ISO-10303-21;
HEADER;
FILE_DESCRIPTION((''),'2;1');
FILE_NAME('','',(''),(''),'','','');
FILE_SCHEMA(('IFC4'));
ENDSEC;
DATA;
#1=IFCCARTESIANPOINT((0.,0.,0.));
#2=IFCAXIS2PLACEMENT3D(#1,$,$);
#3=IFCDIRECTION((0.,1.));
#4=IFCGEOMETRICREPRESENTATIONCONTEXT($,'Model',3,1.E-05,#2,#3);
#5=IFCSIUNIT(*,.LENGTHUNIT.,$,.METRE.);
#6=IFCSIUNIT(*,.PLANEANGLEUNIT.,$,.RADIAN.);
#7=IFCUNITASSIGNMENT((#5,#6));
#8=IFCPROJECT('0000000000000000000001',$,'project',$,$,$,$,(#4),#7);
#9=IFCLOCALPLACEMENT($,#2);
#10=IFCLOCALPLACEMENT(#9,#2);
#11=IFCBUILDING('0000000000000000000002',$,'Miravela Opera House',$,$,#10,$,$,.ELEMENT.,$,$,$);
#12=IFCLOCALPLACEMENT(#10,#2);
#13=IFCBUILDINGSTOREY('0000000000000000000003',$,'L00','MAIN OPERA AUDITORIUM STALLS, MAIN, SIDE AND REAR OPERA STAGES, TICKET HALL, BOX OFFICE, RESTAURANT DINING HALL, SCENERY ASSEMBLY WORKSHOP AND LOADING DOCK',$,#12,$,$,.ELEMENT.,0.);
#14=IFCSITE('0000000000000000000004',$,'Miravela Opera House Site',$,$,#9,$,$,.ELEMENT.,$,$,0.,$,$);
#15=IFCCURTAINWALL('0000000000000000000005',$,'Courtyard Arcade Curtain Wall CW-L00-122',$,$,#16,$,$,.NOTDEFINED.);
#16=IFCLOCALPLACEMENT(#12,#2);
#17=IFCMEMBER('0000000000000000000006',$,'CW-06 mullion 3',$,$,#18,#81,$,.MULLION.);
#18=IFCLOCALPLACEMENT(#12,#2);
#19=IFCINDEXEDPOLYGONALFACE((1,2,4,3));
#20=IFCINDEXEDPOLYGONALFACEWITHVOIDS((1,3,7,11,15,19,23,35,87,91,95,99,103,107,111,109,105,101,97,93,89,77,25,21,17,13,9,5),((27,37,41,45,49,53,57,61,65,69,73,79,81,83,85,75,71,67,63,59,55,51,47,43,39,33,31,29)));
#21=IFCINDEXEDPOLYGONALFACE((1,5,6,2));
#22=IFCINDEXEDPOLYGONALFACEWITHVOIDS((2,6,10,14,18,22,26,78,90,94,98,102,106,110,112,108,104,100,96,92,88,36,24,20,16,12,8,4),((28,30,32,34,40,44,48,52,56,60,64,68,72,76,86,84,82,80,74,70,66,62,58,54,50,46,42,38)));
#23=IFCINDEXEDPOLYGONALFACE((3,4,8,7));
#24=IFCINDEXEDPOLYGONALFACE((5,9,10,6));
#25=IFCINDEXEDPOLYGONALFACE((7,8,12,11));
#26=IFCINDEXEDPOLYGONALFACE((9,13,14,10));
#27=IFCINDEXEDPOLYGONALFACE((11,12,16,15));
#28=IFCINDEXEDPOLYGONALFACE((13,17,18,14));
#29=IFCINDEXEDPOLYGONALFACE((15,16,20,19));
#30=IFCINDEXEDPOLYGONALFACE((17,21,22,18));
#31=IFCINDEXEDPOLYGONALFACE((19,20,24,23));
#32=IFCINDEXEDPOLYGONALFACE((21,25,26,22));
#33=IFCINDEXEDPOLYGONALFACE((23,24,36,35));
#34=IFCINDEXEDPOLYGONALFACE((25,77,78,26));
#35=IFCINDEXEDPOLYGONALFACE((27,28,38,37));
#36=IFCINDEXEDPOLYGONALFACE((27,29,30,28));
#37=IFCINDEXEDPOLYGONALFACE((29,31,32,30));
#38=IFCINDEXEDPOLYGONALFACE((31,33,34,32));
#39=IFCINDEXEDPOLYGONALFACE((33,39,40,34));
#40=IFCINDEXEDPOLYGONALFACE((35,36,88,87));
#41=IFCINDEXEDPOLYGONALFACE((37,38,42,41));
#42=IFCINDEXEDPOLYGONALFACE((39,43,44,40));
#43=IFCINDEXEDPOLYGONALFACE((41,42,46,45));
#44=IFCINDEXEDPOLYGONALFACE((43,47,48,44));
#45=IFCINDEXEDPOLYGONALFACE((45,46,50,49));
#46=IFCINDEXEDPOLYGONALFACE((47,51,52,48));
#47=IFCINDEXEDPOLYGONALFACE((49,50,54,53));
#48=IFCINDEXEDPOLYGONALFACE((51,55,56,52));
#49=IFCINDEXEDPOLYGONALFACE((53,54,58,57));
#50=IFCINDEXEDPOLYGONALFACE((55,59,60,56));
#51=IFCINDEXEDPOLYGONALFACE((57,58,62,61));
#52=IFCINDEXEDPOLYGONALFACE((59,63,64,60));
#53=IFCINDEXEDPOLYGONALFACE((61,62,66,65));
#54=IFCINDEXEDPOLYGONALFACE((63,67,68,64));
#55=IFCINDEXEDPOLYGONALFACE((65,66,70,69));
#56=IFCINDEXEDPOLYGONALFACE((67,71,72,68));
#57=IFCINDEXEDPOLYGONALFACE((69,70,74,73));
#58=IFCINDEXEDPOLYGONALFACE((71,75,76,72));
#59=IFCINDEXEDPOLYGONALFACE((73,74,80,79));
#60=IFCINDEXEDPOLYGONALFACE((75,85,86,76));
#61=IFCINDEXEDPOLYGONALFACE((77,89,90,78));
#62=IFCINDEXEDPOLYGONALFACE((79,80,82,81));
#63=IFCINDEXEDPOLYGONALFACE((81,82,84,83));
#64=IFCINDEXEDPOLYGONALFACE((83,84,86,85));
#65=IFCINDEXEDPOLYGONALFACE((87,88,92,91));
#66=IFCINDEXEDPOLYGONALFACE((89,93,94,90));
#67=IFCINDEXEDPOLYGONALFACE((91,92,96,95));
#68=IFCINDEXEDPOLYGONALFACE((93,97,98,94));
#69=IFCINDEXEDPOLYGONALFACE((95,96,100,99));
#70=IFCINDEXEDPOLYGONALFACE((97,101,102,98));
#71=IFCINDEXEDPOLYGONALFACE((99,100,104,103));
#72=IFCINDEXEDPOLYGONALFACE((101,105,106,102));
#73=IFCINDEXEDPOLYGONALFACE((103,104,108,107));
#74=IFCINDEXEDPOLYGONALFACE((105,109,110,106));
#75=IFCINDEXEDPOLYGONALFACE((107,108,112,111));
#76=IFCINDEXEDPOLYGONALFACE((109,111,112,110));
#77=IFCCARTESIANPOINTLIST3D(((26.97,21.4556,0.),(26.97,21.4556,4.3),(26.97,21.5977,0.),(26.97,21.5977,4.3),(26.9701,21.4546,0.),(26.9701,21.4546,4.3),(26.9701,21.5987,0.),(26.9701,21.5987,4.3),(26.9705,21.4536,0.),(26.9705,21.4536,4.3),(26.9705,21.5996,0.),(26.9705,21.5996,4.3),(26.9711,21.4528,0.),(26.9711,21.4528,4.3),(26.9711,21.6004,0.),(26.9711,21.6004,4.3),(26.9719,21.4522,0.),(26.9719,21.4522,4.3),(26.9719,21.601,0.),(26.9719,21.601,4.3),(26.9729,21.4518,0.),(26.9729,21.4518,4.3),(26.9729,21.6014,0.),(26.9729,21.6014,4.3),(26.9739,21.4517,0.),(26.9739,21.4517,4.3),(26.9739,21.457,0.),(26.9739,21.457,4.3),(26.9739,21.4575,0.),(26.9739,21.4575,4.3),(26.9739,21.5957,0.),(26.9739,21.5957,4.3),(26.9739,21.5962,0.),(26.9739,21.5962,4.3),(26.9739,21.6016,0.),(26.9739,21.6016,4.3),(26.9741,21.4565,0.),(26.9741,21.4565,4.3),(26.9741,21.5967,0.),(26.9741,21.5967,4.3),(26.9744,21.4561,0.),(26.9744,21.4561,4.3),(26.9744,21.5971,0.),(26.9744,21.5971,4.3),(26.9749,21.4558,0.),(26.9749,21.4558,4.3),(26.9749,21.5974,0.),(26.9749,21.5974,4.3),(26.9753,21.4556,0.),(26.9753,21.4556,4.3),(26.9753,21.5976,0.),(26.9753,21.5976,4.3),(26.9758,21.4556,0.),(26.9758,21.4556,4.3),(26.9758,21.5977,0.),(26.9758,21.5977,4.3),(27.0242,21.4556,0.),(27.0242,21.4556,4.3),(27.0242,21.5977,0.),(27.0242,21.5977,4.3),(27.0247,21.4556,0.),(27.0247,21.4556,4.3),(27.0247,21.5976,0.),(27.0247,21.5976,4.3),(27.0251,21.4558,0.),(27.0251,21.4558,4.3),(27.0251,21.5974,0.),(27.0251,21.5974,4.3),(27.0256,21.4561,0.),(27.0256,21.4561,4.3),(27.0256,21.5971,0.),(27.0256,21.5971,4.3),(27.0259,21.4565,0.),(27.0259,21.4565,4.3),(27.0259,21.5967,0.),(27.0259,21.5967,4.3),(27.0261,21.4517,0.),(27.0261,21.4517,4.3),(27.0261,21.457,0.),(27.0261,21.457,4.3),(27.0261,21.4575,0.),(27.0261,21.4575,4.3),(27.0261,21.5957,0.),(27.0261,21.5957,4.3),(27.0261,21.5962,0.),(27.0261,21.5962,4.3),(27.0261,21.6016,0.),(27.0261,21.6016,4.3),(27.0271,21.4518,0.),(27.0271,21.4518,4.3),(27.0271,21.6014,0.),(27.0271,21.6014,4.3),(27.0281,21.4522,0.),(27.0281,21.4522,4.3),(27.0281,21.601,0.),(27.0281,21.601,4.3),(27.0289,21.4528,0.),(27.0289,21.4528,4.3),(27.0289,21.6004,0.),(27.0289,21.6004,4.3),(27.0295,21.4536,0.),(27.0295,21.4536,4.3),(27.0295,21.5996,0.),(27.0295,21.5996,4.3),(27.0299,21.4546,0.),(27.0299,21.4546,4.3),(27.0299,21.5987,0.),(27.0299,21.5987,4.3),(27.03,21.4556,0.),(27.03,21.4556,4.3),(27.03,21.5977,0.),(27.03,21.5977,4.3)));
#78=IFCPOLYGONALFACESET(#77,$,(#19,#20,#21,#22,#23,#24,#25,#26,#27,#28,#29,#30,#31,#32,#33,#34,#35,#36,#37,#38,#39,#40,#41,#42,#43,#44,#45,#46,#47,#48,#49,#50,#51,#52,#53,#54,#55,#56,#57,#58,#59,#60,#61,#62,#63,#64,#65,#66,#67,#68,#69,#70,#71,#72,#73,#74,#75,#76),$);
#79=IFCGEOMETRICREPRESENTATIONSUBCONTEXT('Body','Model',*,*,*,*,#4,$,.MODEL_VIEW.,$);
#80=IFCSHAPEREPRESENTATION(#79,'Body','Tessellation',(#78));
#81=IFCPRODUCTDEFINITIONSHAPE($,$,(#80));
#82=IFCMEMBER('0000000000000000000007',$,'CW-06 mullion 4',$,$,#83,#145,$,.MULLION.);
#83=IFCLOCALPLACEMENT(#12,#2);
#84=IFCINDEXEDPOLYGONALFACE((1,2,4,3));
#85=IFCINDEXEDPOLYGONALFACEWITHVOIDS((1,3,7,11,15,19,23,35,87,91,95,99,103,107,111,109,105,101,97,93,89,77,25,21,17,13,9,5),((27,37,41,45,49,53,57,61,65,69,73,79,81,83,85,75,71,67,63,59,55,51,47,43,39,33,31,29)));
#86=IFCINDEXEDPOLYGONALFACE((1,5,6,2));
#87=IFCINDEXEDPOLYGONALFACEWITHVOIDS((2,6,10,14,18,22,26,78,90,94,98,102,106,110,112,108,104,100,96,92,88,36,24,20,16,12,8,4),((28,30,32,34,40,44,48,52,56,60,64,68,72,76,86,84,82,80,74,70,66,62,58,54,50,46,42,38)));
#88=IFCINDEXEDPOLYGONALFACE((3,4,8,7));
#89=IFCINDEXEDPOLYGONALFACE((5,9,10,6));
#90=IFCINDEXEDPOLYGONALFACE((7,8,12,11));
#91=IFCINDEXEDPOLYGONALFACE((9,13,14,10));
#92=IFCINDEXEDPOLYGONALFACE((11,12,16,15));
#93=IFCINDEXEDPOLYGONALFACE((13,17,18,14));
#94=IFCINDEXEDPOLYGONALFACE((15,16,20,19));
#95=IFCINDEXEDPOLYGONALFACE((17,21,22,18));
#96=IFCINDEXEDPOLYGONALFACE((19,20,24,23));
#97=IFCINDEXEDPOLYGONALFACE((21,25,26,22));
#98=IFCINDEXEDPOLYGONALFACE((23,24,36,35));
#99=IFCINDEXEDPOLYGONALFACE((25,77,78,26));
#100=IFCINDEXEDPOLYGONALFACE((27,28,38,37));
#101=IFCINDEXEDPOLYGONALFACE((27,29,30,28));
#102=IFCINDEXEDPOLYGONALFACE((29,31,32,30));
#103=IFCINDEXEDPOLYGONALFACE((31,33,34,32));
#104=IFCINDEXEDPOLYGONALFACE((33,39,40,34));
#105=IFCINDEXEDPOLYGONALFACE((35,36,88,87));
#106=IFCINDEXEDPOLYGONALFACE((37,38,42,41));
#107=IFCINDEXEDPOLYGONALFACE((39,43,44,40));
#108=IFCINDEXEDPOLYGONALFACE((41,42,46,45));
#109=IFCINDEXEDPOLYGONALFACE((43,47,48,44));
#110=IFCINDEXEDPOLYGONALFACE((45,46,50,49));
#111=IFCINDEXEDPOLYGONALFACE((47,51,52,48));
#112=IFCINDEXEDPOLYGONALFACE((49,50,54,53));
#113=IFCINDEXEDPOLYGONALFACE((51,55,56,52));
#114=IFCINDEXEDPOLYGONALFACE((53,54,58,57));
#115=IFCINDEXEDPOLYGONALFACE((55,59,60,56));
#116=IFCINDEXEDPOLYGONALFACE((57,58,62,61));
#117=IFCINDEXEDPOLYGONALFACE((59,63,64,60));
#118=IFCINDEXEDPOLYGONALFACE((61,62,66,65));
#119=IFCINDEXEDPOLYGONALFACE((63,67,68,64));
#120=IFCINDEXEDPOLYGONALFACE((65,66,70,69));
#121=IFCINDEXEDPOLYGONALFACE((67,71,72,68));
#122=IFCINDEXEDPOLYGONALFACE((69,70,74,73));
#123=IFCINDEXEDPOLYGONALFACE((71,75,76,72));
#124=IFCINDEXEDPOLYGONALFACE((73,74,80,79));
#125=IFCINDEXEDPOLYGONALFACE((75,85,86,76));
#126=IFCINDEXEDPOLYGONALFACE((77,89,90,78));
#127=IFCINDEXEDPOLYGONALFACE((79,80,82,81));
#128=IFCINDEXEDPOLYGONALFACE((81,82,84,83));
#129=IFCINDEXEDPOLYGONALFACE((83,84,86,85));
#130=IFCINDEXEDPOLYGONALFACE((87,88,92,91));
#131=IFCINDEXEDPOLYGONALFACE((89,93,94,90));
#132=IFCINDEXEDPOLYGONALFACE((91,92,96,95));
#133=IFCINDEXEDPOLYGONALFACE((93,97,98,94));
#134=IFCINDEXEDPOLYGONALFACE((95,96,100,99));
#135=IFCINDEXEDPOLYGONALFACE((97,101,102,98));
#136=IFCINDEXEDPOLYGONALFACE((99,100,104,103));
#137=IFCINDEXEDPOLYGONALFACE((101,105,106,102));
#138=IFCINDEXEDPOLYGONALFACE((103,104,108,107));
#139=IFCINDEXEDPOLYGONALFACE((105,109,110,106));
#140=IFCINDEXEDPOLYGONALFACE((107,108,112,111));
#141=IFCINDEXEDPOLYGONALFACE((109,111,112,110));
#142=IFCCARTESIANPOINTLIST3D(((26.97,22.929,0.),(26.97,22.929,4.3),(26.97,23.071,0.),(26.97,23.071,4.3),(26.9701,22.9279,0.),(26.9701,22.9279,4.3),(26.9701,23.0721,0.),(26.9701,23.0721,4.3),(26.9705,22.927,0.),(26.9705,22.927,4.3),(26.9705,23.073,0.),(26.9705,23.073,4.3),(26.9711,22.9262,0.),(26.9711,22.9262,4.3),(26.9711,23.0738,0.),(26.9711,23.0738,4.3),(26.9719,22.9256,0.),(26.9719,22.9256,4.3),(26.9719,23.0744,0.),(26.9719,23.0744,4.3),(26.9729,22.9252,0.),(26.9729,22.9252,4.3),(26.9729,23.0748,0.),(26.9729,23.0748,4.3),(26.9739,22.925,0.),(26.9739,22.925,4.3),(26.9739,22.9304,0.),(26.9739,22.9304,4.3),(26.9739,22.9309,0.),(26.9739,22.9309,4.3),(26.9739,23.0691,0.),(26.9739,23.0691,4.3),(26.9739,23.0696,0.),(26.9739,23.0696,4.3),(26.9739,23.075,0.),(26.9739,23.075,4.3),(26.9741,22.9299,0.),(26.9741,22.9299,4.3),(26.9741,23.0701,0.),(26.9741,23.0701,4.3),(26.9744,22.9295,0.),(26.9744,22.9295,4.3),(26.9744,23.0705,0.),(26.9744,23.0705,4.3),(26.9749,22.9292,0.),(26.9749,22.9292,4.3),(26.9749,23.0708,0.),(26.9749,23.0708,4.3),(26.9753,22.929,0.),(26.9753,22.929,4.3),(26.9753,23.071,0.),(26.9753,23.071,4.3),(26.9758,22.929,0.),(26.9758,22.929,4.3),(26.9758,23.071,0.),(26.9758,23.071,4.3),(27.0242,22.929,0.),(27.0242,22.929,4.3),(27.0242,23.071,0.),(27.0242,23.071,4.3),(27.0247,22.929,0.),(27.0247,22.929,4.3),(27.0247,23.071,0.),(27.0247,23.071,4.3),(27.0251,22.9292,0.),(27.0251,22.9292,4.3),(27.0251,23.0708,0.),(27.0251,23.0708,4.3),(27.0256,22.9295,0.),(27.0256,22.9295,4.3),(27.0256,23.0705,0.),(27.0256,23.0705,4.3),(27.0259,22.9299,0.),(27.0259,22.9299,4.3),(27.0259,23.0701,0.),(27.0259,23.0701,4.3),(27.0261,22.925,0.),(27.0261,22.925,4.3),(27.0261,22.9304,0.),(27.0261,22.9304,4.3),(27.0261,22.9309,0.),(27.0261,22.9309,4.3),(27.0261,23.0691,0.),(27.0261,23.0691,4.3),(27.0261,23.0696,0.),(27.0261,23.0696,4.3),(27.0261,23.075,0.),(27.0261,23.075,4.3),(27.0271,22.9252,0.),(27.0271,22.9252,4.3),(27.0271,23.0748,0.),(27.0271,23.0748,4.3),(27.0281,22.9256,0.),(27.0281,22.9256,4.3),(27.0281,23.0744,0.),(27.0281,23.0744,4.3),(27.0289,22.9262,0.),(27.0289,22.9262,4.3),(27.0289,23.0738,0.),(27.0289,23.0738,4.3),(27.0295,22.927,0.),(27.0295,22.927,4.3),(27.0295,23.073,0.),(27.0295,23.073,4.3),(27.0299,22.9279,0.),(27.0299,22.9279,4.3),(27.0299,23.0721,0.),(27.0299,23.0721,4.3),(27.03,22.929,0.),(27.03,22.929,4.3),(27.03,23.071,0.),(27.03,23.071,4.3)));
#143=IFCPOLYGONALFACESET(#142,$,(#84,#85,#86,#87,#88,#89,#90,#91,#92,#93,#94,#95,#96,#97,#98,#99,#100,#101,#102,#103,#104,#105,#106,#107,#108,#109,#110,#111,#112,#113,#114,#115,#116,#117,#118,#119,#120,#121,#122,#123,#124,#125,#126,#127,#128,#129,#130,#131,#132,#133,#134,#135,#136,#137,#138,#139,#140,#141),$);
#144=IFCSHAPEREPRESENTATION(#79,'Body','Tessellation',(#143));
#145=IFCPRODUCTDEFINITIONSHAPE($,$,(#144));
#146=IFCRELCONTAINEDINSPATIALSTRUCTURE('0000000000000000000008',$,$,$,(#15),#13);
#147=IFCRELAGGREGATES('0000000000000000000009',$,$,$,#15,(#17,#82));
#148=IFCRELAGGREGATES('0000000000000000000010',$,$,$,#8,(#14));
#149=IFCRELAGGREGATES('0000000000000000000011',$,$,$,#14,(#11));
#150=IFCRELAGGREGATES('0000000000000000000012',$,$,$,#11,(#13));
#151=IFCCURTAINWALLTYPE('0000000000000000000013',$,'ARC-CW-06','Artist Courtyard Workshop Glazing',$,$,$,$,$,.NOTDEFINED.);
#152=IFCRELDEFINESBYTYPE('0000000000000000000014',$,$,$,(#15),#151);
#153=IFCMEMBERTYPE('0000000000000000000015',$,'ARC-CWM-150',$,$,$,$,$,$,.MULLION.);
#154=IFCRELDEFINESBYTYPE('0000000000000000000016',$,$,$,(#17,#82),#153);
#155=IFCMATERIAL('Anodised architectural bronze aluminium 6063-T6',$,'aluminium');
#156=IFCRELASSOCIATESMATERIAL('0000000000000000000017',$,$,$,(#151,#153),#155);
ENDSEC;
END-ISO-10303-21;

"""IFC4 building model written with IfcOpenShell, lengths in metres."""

from ifc_helpers import new_model, si_unit, direction, frame, origin, origin_2d, place, context, subcontext, project, spatial, hollow_rectangle, extrude, material, material_profile, profile_set, type_object, element, aggregate, save


model = new_model("IFC4")

# Units and contexts
model_context = context("Model", 3, precision=1e-05, world=origin(), true_north=direction((0.0, 1.0)))
body_context = subcontext(model_context, "Body", "Model", "MODEL_VIEW")
ifc_project = project(units=[si_unit("LENGTHUNIT", "METRE"), si_unit("PLANEANGLEUNIT", "RADIAN")], contexts=[model_context])

# Site, building, storey
site_placement = place(None, origin())
site = spatial("IfcSite", under=ifc_project, at=site_placement, Name="Miravela Opera House Site", CompositionType="ELEMENT", RefElevation=0.0)
building_placement = place(site_placement, origin())
building = spatial("IfcBuilding", under=site, at=building_placement, Name="Miravela Opera House", CompositionType="ELEMENT")
storey_placement = place(building_placement, origin())
storey = spatial("IfcBuildingStorey", under=building, at=storey_placement, Name="L00", Description="MAIN OPERA AUDITORIUM STALLS, MAIN, SIDE AND REAR OPERA STAGES, TICKET HALL, BOX OFFICE, RESTAURANT DINING HALL, SCENERY ASSEMBLY WORKSHOP AND LOADING DOCK", CompositionType="ELEMENT", Elevation=0.0)

# Curtain wall, members
ifc_material_1 = material(Name="Anodised architectural bronze aluminium 6063-T6", Category="aluminium")
curtain_wall_type = type_object("IfcCurtainWallType", Name="ARC-CW-06", Description="Artist Courtyard Workshop Glazing", PredefinedType="NOTDEFINED", material=ifc_material_1)
curtain_wall_placement = place(storey_placement, origin())
curtain_wall = element("IfcCurtainWall", 1, at=curtain_wall_placement, inside=storey, type_object=curtain_wall_type, Name="Courtyard Arcade Curtain Wall CW-L00-122", PredefinedType="NOTDEFINED")
ifc_material_profile_1 = material_profile(ifc_material_1, hollow_rectangle(XDim=0.0601, YDim=0.1499, WallThickness=0.0039, InnerFilletRadius=0.002, OuterFilletRadius=0.0039, at=origin_2d()), Name="CWM-60X150")
ifc_profile_set_1 = profile_set([ifc_material_profile_1])
member_type_1 = type_object("IfcMemberType", Name="ARC-CWM-150", PredefinedType="MULLION", material=ifc_profile_set_1)
member_1_placement = place(storey_placement, frame((27.0, 21.5266, 0.0), z_axis=(0.0, 0.0, 1.0), x_axis=(-1.0, 0.0, 0.0)))
member_1 = element("IfcMember", 2, at=member_1_placement, type_object=member_type_1, Name="CW-06 mullion 3", PredefinedType="MULLION", context=body_context, shape_type="SweptSolid", body=[
    extrude(hollow_rectangle(XDim=0.0601, YDim=0.1499, WallThickness=0.0039, InnerFilletRadius=0.002, OuterFilletRadius=0.0039, at=origin_2d()), origin(), (0.0, 0.0, 1.0), 4.3),
])
member_2_placement = place(storey_placement, frame((27.0, 23.0, 0.0), z_axis=(0.0, 0.0, 1.0), x_axis=(-1.0, 0.0, 0.0)))
member_2 = element("IfcMember", 3, at=member_2_placement, type_object=member_type_1, Name="CW-06 mullion 4", PredefinedType="MULLION", context=body_context, shape_type="SweptSolid", body=[
    extrude(hollow_rectangle(XDim=0.0601, YDim=0.1499, WallThickness=0.0039, InnerFilletRadius=0.002, OuterFilletRadius=0.0039, at=origin_2d()), origin(), (0.0, 0.0, 1.0), 4.3),
])
aggregate(curtain_wall, [member_1, member_2])

save(model, "model.ifc")
